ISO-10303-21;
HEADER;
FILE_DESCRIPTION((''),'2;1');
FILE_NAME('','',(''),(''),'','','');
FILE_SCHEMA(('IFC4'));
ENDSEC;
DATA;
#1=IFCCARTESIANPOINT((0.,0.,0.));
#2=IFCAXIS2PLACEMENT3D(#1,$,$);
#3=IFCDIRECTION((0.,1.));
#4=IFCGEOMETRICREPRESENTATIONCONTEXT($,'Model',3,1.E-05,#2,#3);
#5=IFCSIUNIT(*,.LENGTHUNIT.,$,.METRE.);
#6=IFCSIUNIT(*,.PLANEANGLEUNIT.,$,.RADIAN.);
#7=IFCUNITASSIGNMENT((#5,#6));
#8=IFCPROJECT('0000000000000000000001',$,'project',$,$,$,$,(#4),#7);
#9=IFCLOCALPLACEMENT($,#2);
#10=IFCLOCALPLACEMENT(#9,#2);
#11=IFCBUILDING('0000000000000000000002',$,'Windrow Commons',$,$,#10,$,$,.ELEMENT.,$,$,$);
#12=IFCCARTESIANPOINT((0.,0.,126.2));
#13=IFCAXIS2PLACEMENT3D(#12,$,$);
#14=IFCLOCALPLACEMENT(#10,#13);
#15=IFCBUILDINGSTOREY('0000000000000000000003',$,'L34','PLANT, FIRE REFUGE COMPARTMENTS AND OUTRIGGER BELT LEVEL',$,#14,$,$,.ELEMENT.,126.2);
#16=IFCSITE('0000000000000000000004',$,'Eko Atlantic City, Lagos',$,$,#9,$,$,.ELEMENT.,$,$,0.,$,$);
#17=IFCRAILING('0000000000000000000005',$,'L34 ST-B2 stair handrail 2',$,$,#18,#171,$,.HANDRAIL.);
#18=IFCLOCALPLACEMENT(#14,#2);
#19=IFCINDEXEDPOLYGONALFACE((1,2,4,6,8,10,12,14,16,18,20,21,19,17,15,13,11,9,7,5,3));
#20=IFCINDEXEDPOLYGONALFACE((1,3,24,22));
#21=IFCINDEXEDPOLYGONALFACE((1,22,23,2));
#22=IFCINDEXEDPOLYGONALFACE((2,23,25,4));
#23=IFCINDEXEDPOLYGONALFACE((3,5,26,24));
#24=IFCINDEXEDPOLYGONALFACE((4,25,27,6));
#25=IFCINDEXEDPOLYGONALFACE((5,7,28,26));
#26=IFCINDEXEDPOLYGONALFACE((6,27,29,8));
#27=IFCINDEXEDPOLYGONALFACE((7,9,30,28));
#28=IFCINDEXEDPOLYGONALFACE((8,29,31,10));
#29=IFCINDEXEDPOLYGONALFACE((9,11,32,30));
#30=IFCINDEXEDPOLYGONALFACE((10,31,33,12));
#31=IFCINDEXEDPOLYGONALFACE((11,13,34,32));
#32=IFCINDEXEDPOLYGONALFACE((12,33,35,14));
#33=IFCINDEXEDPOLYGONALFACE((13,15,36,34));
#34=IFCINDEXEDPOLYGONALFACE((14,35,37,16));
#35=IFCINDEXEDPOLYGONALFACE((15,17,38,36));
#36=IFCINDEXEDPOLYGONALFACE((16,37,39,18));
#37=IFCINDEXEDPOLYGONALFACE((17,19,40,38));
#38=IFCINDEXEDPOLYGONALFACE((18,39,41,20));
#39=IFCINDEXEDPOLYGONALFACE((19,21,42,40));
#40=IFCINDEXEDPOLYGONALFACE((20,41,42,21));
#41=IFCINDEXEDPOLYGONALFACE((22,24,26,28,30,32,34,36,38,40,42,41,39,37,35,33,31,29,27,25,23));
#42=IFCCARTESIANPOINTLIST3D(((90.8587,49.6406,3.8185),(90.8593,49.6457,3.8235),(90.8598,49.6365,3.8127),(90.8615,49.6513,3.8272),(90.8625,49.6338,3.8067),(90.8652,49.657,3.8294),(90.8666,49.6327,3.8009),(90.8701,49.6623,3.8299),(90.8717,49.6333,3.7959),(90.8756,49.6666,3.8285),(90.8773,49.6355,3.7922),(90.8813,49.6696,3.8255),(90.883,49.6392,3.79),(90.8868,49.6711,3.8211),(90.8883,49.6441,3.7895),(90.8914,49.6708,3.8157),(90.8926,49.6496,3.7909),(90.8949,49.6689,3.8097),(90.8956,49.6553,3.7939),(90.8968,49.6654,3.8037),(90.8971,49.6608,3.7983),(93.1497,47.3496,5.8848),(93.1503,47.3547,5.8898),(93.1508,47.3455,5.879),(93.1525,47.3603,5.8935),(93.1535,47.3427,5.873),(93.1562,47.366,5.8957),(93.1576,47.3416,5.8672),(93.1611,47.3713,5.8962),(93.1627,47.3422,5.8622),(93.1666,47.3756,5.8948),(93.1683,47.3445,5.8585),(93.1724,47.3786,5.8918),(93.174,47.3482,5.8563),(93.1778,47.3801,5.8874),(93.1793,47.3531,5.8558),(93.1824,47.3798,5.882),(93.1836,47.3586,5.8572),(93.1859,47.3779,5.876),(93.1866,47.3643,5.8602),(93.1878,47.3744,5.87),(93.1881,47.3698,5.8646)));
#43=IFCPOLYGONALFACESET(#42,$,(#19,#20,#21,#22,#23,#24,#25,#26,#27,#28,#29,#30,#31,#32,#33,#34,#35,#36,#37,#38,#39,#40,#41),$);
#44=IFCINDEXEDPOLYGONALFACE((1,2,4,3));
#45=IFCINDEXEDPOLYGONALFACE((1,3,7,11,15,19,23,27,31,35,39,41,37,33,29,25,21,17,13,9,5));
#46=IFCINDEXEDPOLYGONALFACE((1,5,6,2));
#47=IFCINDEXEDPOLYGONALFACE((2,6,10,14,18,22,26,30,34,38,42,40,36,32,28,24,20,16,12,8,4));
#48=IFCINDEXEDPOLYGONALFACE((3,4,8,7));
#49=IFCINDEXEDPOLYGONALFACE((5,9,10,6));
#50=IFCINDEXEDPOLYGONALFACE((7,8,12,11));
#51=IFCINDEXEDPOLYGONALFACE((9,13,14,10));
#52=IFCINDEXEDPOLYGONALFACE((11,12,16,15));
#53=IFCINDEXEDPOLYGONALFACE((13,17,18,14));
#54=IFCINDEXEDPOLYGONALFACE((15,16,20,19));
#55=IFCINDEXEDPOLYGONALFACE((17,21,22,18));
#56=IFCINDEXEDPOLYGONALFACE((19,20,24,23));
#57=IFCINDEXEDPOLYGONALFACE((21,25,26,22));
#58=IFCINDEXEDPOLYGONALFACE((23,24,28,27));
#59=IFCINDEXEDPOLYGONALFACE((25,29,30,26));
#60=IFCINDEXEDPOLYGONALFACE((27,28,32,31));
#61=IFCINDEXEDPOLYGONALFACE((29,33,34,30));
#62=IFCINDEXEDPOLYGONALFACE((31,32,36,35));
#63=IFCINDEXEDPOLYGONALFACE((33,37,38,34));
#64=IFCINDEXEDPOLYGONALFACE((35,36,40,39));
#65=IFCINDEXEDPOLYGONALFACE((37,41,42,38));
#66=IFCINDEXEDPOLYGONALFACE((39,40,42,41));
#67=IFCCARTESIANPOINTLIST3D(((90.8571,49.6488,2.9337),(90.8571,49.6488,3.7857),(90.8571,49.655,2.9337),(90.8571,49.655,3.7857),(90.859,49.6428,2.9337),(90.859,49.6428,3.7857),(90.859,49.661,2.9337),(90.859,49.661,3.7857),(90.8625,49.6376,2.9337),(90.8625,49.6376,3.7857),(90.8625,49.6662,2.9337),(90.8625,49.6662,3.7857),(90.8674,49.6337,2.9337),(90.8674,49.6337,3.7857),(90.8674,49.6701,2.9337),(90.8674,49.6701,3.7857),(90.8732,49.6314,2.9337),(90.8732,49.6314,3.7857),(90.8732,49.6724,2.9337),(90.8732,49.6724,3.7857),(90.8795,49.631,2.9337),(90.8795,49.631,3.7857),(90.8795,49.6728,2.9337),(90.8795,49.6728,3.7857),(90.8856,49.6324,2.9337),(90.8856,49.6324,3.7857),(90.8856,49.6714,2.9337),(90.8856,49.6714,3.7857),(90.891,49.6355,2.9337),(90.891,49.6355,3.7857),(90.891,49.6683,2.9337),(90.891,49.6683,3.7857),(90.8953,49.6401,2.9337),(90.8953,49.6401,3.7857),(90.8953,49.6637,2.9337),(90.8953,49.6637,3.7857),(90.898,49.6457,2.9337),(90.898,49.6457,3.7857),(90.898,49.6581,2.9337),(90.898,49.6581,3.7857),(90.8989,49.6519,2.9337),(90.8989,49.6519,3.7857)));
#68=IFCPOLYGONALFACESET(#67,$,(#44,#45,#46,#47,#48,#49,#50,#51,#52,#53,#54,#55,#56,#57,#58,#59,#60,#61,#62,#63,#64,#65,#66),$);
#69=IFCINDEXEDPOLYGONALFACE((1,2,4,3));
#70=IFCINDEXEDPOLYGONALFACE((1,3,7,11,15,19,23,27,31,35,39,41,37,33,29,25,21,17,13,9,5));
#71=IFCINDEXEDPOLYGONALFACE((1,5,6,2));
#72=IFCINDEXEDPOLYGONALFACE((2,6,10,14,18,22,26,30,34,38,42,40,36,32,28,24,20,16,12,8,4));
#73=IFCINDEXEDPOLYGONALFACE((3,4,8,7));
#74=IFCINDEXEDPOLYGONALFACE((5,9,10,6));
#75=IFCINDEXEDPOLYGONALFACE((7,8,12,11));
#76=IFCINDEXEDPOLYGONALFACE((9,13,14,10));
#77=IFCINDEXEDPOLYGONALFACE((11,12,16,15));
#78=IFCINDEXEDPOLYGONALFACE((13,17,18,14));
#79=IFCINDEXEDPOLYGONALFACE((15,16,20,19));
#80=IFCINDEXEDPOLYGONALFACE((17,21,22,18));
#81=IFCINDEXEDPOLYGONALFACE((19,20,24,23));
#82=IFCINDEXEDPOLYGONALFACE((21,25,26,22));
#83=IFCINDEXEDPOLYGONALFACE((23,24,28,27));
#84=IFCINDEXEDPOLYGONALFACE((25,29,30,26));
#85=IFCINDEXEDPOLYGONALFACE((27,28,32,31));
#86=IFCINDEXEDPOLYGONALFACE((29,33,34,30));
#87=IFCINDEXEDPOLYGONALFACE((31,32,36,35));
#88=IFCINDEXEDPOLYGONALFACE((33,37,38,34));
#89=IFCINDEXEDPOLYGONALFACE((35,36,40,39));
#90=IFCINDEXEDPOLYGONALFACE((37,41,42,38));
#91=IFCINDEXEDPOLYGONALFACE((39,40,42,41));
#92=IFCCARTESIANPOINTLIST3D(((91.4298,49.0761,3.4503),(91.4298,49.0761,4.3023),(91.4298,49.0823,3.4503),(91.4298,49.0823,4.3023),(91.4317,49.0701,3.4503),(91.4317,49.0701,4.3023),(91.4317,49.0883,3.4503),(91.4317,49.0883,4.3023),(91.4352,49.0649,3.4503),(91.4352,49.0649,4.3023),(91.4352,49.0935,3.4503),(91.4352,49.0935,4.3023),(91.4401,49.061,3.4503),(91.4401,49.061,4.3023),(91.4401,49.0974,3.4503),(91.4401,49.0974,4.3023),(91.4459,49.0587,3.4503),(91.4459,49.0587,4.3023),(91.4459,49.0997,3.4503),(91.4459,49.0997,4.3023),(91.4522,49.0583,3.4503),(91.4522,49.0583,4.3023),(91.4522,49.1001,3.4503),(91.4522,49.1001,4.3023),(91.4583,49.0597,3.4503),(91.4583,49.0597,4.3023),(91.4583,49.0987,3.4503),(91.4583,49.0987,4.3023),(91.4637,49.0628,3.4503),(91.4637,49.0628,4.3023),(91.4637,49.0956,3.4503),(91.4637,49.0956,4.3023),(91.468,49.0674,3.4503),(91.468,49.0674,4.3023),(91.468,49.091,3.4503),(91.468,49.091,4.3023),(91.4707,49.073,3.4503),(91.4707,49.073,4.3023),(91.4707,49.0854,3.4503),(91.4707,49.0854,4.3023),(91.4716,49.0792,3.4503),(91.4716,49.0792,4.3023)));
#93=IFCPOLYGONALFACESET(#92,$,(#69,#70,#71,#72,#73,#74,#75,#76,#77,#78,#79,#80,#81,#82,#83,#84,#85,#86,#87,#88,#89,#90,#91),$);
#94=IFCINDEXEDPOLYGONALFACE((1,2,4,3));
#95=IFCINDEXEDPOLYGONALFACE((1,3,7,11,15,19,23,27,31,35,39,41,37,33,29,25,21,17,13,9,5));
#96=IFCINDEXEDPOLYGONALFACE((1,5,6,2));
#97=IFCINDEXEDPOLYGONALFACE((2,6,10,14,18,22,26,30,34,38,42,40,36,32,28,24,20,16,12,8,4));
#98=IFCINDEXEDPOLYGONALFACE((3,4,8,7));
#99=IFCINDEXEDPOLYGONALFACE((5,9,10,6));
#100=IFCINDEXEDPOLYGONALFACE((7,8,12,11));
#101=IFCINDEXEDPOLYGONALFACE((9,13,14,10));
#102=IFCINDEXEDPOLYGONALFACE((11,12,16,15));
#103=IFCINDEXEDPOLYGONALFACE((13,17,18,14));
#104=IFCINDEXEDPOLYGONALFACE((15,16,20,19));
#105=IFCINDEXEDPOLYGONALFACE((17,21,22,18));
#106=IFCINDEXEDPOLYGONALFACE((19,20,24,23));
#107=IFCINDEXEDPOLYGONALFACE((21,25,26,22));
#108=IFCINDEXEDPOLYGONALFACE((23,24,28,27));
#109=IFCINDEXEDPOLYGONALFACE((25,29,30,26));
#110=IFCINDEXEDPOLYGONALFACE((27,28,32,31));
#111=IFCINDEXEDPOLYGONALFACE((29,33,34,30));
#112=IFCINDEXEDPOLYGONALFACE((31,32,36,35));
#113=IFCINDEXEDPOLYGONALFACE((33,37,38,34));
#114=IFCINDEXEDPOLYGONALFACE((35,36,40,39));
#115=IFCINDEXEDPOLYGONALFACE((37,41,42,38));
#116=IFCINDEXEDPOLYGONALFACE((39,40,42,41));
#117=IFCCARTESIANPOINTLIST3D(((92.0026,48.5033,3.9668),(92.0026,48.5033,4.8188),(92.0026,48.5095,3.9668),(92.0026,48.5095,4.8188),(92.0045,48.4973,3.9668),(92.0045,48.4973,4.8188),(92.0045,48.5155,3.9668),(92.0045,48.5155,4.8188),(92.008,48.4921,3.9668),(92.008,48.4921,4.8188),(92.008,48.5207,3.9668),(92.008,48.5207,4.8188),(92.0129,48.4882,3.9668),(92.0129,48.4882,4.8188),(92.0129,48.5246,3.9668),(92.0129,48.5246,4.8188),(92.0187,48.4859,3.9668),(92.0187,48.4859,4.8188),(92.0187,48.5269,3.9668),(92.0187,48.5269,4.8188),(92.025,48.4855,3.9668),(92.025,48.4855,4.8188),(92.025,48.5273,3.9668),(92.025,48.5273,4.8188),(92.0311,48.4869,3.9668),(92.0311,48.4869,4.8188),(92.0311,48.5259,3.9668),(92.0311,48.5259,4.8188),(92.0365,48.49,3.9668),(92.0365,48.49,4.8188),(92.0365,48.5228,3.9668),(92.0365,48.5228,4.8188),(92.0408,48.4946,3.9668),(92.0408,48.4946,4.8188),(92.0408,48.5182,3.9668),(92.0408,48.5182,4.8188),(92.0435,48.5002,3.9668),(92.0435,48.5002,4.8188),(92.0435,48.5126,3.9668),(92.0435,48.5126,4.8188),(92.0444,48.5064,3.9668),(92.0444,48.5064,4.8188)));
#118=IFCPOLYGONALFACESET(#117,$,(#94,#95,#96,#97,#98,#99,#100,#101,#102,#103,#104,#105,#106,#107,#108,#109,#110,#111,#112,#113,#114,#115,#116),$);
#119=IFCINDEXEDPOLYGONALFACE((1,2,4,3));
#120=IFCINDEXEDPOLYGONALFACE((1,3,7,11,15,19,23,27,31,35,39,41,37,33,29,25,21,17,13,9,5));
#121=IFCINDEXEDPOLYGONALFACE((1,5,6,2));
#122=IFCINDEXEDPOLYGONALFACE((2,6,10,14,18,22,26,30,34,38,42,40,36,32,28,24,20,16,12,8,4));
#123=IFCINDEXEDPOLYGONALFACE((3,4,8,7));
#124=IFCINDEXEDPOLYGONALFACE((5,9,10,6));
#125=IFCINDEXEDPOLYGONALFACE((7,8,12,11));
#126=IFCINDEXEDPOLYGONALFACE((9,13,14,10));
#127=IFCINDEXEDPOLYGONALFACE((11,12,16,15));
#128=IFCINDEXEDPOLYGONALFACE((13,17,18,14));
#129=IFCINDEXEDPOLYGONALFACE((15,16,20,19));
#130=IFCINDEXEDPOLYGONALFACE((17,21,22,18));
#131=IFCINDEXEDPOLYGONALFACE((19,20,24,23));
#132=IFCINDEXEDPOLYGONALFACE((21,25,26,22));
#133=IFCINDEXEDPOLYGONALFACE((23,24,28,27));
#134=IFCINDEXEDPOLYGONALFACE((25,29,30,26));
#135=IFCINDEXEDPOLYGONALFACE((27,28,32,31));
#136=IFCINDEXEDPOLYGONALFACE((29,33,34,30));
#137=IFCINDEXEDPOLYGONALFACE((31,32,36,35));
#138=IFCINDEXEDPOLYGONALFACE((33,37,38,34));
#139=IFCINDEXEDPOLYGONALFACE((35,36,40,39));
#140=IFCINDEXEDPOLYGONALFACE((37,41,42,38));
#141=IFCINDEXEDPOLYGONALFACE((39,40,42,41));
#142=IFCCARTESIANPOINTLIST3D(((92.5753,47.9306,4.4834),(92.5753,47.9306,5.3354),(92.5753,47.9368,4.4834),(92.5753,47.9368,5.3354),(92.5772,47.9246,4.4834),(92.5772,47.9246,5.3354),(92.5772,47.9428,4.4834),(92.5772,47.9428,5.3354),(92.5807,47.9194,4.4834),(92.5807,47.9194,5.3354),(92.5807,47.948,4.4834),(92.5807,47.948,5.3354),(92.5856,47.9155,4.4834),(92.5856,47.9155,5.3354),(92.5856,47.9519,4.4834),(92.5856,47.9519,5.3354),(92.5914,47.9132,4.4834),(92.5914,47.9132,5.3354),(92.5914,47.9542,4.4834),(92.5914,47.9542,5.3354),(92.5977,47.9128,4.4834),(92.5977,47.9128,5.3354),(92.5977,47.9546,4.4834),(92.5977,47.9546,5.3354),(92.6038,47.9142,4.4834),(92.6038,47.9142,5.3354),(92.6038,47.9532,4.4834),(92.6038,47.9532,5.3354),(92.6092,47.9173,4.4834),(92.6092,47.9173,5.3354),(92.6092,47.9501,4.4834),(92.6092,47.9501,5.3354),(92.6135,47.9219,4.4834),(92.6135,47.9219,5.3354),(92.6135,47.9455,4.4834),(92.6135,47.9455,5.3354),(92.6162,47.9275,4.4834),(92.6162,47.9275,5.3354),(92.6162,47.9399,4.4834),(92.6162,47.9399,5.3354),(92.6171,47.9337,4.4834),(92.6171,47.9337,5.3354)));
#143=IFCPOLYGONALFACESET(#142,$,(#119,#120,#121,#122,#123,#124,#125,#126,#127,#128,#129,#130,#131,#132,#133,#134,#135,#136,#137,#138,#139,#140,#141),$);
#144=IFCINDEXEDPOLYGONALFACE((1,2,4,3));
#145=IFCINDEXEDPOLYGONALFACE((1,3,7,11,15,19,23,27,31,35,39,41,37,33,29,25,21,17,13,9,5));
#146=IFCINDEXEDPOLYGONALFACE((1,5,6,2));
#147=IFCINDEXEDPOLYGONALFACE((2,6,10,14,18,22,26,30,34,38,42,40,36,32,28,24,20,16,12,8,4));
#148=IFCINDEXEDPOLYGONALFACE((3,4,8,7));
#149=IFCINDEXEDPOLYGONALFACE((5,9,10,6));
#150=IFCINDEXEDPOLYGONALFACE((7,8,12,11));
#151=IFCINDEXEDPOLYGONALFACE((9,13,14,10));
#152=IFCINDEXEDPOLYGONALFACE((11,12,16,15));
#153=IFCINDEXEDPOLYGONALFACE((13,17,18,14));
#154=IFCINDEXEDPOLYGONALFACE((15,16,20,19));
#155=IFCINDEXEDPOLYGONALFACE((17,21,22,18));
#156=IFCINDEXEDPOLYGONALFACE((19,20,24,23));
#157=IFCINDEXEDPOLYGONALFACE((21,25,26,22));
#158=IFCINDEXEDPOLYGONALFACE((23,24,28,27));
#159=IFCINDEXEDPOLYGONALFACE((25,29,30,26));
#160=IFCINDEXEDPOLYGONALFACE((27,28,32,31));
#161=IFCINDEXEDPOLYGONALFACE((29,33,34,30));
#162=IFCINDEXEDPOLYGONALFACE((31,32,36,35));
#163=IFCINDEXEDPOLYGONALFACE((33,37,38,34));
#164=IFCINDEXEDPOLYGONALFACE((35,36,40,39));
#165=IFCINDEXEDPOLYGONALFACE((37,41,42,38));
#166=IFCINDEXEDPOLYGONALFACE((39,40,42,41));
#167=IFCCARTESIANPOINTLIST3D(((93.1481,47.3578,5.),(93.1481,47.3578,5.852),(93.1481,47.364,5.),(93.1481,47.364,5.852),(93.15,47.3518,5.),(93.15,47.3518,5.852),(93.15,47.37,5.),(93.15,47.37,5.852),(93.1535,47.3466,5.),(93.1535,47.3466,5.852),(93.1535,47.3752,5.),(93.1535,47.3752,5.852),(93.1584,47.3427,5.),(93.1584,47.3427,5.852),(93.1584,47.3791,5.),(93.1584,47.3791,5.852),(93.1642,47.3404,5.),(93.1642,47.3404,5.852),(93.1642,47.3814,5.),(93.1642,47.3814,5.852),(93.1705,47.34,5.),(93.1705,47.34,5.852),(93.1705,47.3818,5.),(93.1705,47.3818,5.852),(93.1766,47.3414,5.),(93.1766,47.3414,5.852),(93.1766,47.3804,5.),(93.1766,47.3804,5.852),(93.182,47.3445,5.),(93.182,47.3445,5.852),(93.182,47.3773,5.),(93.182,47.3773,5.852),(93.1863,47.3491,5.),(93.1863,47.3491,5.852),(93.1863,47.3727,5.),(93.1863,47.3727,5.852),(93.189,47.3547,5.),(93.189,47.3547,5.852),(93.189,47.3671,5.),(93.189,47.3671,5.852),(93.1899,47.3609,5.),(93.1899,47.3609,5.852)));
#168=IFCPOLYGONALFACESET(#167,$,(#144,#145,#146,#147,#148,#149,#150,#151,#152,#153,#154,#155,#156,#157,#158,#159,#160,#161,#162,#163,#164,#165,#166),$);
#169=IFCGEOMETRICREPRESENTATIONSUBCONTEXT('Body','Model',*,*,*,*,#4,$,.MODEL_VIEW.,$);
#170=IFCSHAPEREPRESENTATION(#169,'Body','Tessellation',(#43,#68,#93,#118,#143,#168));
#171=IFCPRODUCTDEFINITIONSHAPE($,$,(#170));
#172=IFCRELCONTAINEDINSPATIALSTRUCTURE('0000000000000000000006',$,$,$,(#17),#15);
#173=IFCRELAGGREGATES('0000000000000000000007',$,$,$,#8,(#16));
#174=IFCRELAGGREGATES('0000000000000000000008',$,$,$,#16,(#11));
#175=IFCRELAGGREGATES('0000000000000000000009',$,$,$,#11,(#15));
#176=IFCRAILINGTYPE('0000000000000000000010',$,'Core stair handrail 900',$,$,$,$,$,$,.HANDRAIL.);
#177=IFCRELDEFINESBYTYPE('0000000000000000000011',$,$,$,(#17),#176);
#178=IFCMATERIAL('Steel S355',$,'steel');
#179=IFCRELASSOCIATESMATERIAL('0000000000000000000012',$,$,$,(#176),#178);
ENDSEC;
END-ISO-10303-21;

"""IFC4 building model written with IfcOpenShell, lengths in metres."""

from ifc_helpers import new_model, si_unit, direction, frame, origin, origin_2d, place, context, subcontext, project, spatial, circle, extrude, material, type_object, element, save


model = new_model("IFC4")

# Units and contexts
model_context = context("Model", 3, precision=1e-05, world=origin(), true_north=direction((0.0, 1.0)))
body_context = subcontext(model_context, "Body", "Model", "MODEL_VIEW")
ifc_project = project(units=[si_unit("LENGTHUNIT", "METRE"), si_unit("PLANEANGLEUNIT", "RADIAN")], contexts=[model_context])

# Site, building, storey
site_placement = place(None, origin())
site = spatial("IfcSite", under=ifc_project, at=site_placement, Name="Eko Atlantic City, Lagos", CompositionType="ELEMENT", RefElevation=0.0)
building_placement = place(site_placement, origin())
building = spatial("IfcBuilding", under=site, at=building_placement, Name="Windrow Commons", CompositionType="ELEMENT")
storey_placement = place(building_placement, frame((0.0, 0.0, 126.2)))
storey = spatial("IfcBuildingStorey", under=building, at=storey_placement, Name="L34", Description="PLANT, FIRE REFUGE COMPARTMENTS AND OUTRIGGER BELT LEVEL", CompositionType="ELEMENT", Elevation=126.2)

# Railing
ifc_material_1 = material(Name="Steel S355", Category="steel")
railing_type_1 = type_object("IfcRailingType", Name="Core stair handrail 900", PredefinedType="HANDRAIL", material=ifc_material_1)
railing_1_placement = place(storey_placement, frame((90.8779, 49.6519, 2.9337)))
element("IfcRailing", 1, at=railing_1_placement, inside=storey, type_object=railing_type_1, Name="L34 ST-B2 stair handrail 2", PredefinedType="HANDRAIL", context=body_context, shape_type="SweptSolid", body=[
    extrude(circle(Radius=0.024, at=origin_2d()), frame((0.0, 0.0, 0.876), z_axis=(0.596183, -0.596183, 0.53771), x_axis=(0.707107, 0.707107, 0.0)), (0.0, 0.0, 1.0), 3.8428),
    extrude(circle(Radius=0.021, at=origin_2d()), origin(), (0.0, 0.0, 1.0), 0.852),
    extrude(circle(Radius=0.021, at=origin_2d()), frame((0.5727, -0.5727, 0.5166)), (0.0, 0.0, 1.0), 0.852),
    extrude(circle(Radius=0.021, at=origin_2d()), frame((1.1455, -1.1455, 1.0331)), (0.0, 0.0, 1.0), 0.852),
    extrude(circle(Radius=0.021, at=origin_2d()), frame((1.7182, -1.7182, 1.5497)), (0.0, 0.0, 1.0), 0.852),
    extrude(circle(Radius=0.021, at=origin_2d()), frame((2.291, -2.291, 2.0663)), (0.0, 0.0, 1.0), 0.852),
])

save(model, "model.ifc")
